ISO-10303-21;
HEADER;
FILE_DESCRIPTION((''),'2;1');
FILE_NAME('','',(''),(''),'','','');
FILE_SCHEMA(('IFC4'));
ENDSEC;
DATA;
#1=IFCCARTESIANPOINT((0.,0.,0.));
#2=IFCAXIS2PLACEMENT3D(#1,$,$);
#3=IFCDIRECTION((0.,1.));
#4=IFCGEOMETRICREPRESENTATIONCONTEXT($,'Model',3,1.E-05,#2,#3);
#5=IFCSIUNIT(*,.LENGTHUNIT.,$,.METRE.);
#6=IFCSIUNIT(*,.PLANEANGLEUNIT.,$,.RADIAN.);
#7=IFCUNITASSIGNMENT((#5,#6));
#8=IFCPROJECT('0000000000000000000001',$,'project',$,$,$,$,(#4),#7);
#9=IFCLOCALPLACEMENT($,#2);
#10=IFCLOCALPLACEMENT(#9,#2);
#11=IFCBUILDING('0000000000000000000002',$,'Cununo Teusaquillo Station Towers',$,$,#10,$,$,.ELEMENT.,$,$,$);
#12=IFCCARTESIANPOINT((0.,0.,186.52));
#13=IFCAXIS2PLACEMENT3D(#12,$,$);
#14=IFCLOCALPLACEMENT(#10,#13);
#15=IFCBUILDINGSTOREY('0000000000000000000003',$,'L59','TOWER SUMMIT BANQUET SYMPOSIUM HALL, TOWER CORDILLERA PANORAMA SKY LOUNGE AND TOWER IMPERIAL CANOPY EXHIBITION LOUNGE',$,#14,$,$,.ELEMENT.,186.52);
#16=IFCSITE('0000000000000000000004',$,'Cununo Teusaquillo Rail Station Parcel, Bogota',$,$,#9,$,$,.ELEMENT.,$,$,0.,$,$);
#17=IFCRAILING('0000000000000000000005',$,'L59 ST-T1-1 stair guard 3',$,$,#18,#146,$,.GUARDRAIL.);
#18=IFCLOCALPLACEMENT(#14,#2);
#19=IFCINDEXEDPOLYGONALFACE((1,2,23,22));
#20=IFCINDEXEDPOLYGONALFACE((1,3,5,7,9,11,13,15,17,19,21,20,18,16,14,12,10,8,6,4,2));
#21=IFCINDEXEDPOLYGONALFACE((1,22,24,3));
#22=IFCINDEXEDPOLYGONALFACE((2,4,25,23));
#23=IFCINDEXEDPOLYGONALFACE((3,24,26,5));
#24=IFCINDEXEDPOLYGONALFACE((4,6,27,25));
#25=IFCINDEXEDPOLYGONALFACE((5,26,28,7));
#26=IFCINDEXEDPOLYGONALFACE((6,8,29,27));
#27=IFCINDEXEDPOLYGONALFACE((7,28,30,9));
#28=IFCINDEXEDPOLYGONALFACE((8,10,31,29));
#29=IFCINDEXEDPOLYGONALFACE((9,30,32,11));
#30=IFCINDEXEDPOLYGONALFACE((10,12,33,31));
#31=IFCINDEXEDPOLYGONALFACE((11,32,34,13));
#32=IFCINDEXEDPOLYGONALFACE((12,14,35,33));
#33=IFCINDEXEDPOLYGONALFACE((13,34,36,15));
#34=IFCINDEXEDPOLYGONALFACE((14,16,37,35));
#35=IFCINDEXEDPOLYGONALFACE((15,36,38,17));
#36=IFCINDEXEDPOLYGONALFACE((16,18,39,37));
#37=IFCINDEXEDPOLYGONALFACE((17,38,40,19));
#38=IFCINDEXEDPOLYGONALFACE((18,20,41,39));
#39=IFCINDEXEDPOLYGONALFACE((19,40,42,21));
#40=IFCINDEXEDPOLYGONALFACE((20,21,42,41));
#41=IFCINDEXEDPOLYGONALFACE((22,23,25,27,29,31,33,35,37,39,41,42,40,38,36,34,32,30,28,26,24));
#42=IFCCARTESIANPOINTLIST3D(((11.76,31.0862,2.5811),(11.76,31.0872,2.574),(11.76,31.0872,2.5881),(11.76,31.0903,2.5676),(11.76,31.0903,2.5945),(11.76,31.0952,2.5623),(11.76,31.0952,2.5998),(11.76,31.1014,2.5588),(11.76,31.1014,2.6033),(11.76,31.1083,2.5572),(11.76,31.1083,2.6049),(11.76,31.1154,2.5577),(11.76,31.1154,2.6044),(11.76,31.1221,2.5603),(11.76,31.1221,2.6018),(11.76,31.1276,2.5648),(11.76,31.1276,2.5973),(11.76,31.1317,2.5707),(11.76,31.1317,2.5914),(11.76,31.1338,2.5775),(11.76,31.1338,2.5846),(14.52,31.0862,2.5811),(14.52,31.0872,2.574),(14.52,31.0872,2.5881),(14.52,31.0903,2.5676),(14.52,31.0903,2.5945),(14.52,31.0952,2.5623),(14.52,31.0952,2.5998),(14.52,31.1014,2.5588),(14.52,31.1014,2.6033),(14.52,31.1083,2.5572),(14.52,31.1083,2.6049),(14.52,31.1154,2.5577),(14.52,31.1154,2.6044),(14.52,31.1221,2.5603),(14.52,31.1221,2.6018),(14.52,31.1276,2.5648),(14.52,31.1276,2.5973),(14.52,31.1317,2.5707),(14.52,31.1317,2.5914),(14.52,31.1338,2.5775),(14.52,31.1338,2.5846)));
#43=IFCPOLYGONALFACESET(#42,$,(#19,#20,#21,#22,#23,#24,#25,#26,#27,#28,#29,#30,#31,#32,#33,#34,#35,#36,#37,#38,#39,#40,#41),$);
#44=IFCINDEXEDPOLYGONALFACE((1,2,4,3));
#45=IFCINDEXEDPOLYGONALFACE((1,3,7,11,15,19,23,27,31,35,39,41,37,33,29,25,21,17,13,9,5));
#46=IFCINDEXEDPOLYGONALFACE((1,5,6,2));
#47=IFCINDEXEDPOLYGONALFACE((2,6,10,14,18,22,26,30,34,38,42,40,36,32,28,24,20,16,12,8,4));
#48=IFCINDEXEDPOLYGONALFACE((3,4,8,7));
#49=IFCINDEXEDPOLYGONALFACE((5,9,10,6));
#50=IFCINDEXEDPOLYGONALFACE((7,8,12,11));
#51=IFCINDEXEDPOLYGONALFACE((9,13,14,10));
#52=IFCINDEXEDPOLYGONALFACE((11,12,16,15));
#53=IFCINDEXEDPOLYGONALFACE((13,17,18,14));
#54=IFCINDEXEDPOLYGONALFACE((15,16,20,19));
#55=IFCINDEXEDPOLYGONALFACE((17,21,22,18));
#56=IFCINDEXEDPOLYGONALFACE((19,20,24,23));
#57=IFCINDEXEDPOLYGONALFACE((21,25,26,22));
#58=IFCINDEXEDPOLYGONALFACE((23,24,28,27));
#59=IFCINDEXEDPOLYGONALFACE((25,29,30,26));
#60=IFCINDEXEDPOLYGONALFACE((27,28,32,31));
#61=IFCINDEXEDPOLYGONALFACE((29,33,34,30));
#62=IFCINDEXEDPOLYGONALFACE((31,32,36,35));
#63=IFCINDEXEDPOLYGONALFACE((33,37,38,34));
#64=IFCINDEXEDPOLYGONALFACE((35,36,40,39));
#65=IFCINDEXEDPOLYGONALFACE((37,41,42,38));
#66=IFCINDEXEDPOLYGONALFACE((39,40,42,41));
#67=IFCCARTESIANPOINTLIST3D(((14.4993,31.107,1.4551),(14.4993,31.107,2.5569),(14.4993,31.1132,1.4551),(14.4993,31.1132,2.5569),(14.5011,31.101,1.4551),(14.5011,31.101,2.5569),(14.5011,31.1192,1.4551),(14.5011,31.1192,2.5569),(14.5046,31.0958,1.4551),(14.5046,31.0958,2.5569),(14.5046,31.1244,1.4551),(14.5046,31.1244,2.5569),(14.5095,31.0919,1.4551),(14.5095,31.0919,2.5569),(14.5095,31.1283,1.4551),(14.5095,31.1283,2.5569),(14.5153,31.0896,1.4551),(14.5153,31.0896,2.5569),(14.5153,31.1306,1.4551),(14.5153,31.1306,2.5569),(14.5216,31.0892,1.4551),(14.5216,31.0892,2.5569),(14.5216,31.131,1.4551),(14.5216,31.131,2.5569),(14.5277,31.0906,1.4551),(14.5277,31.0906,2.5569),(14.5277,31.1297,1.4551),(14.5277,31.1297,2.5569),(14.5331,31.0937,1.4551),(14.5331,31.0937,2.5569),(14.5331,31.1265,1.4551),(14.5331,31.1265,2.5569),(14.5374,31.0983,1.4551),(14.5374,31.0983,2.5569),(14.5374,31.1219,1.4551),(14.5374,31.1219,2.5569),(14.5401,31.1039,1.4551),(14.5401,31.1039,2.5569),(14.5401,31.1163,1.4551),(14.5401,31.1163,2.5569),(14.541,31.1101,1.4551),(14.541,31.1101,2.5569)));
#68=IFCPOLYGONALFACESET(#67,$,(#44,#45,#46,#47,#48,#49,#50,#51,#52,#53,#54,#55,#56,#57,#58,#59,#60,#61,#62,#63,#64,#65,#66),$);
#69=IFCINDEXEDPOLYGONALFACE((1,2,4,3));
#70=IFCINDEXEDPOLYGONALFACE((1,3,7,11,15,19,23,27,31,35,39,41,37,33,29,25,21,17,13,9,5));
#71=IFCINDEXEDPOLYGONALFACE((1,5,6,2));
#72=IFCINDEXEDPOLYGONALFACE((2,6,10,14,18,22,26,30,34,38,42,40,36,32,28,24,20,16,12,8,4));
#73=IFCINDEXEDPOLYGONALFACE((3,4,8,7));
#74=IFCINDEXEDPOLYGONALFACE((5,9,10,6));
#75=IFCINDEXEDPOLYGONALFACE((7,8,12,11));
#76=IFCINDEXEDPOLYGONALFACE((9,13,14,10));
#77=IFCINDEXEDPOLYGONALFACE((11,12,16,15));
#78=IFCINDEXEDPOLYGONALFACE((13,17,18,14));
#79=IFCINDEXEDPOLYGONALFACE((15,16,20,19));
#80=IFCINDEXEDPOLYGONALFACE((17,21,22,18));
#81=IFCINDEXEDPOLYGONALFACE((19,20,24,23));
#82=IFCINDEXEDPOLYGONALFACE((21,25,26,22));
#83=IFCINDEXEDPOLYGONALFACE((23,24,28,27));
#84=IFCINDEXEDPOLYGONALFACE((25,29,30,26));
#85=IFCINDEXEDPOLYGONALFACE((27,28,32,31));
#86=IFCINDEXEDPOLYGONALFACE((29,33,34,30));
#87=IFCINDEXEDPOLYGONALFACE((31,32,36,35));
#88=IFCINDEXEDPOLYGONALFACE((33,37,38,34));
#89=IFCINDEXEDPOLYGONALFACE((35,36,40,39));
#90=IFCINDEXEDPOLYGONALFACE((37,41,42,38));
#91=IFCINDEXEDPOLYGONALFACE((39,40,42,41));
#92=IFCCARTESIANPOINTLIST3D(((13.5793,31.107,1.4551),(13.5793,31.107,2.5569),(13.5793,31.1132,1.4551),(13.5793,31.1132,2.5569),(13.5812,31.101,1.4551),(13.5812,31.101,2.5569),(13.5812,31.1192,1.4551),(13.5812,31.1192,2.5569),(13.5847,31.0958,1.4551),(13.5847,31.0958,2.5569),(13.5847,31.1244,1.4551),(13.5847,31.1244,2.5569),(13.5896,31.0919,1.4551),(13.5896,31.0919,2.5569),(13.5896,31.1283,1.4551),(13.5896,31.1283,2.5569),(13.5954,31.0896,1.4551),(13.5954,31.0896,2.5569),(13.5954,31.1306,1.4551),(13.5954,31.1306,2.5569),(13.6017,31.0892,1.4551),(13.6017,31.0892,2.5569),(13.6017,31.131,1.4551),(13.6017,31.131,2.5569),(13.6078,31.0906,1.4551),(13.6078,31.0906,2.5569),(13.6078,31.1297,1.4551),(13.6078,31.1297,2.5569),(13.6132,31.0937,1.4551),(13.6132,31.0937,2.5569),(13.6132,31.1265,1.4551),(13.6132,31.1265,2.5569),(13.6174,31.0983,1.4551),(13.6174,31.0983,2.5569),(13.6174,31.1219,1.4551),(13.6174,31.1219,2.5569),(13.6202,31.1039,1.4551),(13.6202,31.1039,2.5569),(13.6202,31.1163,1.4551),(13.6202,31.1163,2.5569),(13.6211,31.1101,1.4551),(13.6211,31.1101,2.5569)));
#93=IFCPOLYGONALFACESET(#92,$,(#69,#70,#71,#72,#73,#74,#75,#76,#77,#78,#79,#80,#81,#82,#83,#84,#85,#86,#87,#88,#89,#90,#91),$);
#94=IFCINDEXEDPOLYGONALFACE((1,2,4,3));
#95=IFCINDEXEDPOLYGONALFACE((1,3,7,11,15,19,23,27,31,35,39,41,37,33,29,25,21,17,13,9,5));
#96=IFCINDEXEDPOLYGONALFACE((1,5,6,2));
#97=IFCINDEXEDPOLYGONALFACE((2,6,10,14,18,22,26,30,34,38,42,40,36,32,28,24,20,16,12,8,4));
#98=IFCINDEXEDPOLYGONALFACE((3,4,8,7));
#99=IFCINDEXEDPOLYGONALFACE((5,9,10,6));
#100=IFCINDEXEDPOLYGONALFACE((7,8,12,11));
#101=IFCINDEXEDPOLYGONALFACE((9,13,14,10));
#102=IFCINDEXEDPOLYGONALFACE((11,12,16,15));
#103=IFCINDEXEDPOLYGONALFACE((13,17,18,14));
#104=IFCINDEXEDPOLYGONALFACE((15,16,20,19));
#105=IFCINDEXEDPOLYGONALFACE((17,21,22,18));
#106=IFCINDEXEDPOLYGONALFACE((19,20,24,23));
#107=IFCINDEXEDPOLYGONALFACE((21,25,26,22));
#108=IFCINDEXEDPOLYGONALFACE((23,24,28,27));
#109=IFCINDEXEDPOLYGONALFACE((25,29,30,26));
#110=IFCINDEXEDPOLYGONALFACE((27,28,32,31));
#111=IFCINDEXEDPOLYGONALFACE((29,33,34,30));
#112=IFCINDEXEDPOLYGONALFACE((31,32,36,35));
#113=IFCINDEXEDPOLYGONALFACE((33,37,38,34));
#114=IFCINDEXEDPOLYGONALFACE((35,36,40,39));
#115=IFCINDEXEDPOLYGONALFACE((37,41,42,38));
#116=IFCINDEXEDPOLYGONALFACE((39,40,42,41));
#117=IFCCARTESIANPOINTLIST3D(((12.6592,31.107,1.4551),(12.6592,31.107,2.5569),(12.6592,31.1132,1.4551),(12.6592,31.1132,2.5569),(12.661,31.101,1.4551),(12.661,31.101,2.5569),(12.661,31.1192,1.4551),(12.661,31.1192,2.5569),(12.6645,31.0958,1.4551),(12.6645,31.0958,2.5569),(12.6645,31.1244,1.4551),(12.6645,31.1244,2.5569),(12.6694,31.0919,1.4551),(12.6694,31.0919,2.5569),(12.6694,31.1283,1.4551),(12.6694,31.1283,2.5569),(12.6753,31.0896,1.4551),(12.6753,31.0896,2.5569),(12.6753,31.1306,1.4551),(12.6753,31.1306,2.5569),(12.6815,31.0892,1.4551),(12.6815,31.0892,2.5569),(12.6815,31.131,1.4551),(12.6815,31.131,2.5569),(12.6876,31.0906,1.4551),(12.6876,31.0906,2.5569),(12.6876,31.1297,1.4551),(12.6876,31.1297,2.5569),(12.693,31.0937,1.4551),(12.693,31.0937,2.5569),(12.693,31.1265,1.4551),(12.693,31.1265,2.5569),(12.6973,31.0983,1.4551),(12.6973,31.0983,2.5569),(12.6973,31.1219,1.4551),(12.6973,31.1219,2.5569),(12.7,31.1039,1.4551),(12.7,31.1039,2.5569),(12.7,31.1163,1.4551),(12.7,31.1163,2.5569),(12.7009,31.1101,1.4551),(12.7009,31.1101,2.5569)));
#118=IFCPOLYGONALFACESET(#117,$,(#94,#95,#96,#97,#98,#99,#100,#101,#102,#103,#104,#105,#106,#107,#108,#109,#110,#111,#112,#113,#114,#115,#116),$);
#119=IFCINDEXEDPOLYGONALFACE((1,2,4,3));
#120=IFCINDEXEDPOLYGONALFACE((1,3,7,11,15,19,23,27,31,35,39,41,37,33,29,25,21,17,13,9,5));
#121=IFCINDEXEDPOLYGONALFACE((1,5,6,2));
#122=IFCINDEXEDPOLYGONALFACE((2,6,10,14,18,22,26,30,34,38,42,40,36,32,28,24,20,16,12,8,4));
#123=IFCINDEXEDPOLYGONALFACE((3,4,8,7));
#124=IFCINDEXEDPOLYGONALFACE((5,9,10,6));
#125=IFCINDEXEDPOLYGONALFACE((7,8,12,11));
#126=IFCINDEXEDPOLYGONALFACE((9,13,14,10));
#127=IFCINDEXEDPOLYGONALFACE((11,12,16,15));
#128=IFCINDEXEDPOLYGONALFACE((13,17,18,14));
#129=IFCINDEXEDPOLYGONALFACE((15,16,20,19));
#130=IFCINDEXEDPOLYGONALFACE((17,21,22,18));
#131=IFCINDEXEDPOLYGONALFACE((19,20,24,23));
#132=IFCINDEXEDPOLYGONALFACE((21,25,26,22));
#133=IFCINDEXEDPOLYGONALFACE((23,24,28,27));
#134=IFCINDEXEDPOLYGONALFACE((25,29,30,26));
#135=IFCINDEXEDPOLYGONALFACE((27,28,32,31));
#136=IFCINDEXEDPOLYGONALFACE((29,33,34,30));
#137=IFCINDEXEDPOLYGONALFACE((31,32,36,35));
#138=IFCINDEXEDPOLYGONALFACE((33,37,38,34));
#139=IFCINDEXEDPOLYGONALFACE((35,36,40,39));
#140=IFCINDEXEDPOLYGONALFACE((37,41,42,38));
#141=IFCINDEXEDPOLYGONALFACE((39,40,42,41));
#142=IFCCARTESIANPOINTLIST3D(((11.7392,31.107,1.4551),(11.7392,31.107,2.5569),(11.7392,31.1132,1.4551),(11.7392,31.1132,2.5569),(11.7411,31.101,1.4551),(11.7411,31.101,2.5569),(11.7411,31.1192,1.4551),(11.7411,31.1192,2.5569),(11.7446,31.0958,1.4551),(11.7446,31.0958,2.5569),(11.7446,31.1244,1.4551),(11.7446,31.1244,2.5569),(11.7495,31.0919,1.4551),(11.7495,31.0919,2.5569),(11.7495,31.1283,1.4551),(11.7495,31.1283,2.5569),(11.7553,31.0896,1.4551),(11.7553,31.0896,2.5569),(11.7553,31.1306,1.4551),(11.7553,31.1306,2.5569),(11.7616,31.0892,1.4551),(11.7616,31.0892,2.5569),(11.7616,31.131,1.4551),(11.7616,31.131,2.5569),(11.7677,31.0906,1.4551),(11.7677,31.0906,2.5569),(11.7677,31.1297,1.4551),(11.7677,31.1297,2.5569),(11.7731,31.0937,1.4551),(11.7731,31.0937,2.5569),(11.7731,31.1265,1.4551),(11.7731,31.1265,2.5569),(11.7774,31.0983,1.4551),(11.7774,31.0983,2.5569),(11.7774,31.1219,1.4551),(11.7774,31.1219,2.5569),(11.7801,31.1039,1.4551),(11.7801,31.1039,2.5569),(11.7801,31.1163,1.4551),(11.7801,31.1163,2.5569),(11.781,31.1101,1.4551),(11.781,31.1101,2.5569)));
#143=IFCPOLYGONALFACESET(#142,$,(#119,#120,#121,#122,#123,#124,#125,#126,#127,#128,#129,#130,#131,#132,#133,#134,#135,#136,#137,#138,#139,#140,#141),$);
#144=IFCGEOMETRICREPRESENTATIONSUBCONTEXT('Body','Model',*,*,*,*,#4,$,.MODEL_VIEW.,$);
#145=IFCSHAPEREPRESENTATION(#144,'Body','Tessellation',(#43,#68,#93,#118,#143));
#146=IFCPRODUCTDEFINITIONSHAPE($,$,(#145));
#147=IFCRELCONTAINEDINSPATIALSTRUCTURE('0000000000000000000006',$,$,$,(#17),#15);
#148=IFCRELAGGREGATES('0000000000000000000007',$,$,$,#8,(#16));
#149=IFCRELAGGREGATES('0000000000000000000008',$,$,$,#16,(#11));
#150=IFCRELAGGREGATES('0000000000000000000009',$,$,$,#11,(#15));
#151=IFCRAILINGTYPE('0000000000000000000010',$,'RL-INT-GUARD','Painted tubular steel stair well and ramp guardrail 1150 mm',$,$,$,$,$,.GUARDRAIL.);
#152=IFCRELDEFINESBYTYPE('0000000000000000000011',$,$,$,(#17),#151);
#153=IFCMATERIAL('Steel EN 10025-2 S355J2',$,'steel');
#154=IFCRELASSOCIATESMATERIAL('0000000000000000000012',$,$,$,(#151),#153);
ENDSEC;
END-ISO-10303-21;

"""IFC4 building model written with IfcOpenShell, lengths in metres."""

from ifc_helpers import new_model, si_unit, direction, frame, origin, origin_2d, place, context, subcontext, project, spatial, circle, extrude, material, type_object, element, save


model = new_model("IFC4")

# Units and contexts
model_context = context("Model", 3, precision=1e-05, world=origin(), true_north=direction((0.0, 1.0)))
body_context = subcontext(model_context, "Body", "Model", "MODEL_VIEW")
ifc_project = project(units=[si_unit("LENGTHUNIT", "METRE"), si_unit("PLANEANGLEUNIT", "RADIAN")], contexts=[model_context])

# Site, building, storey
site_placement = place(None, origin())
site = spatial("IfcSite", under=ifc_project, at=site_placement, Name="Cununo Teusaquillo Rail Station Parcel, Bogota", CompositionType="ELEMENT", RefElevation=0.0)
building_placement = place(site_placement, origin())
building = spatial("IfcBuilding", under=site, at=building_placement, Name="Cununo Teusaquillo Station Towers", CompositionType="ELEMENT")
storey_placement = place(building_placement, frame((0.0, 0.0, 186.52)))
storey = spatial("IfcBuildingStorey", under=building, at=storey_placement, Name="L59", Description="TOWER SUMMIT BANQUET SYMPOSIUM HALL, TOWER CORDILLERA PANORAMA SKY LOUNGE AND TOWER IMPERIAL CANOPY EXHIBITION LOUNGE", CompositionType="ELEMENT", Elevation=186.52)

# Railing
ifc_material_1 = material(Name="Steel EN 10025-2 S355J2", Category="steel")
railing_type_1 = type_object("IfcRailingType", Name="RL-INT-GUARD", Description="Painted tubular steel stair well and ramp guardrail 1150 mm", PredefinedType="GUARDRAIL", material=ifc_material_1)
railing_1_placement = place(storey_placement, frame((14.52, 31.1101, 1.4551)))
element("IfcRailing", 1, at=railing_1_placement, inside=storey, type_object=railing_type_1, Name="L59 ST-T1-1 stair guard 3", PredefinedType="GUARDRAIL", context=body_context, shape_type="SweptSolid", body=[
    extrude(circle(Radius=0.0239, at=origin_2d()), frame((0.0, 0.0, 1.126), z_axis=(-1.0, 0.0, 0.0), x_axis=(0.0, -1.0, 0.0)), (0.0, 0.0, 1.0), 2.76),
    extrude(circle(Radius=0.021, at=origin_2d()), origin(), (0.0, 0.0, 1.0), 1.1018),
    extrude(circle(Radius=0.021, at=origin_2d()), frame((-0.9199, 0.0, 0.0)), (0.0, 0.0, 1.0), 1.1018),
    extrude(circle(Radius=0.021, at=origin_2d()), frame((-1.8401, 0.0, 0.0)), (0.0, 0.0, 1.0), 1.1018),
    extrude(circle(Radius=0.021, at=origin_2d()), frame((-2.76, 0.0, 0.0)), (0.0, 0.0, 1.0), 1.1018),
])

save(model, "model.ifc")
